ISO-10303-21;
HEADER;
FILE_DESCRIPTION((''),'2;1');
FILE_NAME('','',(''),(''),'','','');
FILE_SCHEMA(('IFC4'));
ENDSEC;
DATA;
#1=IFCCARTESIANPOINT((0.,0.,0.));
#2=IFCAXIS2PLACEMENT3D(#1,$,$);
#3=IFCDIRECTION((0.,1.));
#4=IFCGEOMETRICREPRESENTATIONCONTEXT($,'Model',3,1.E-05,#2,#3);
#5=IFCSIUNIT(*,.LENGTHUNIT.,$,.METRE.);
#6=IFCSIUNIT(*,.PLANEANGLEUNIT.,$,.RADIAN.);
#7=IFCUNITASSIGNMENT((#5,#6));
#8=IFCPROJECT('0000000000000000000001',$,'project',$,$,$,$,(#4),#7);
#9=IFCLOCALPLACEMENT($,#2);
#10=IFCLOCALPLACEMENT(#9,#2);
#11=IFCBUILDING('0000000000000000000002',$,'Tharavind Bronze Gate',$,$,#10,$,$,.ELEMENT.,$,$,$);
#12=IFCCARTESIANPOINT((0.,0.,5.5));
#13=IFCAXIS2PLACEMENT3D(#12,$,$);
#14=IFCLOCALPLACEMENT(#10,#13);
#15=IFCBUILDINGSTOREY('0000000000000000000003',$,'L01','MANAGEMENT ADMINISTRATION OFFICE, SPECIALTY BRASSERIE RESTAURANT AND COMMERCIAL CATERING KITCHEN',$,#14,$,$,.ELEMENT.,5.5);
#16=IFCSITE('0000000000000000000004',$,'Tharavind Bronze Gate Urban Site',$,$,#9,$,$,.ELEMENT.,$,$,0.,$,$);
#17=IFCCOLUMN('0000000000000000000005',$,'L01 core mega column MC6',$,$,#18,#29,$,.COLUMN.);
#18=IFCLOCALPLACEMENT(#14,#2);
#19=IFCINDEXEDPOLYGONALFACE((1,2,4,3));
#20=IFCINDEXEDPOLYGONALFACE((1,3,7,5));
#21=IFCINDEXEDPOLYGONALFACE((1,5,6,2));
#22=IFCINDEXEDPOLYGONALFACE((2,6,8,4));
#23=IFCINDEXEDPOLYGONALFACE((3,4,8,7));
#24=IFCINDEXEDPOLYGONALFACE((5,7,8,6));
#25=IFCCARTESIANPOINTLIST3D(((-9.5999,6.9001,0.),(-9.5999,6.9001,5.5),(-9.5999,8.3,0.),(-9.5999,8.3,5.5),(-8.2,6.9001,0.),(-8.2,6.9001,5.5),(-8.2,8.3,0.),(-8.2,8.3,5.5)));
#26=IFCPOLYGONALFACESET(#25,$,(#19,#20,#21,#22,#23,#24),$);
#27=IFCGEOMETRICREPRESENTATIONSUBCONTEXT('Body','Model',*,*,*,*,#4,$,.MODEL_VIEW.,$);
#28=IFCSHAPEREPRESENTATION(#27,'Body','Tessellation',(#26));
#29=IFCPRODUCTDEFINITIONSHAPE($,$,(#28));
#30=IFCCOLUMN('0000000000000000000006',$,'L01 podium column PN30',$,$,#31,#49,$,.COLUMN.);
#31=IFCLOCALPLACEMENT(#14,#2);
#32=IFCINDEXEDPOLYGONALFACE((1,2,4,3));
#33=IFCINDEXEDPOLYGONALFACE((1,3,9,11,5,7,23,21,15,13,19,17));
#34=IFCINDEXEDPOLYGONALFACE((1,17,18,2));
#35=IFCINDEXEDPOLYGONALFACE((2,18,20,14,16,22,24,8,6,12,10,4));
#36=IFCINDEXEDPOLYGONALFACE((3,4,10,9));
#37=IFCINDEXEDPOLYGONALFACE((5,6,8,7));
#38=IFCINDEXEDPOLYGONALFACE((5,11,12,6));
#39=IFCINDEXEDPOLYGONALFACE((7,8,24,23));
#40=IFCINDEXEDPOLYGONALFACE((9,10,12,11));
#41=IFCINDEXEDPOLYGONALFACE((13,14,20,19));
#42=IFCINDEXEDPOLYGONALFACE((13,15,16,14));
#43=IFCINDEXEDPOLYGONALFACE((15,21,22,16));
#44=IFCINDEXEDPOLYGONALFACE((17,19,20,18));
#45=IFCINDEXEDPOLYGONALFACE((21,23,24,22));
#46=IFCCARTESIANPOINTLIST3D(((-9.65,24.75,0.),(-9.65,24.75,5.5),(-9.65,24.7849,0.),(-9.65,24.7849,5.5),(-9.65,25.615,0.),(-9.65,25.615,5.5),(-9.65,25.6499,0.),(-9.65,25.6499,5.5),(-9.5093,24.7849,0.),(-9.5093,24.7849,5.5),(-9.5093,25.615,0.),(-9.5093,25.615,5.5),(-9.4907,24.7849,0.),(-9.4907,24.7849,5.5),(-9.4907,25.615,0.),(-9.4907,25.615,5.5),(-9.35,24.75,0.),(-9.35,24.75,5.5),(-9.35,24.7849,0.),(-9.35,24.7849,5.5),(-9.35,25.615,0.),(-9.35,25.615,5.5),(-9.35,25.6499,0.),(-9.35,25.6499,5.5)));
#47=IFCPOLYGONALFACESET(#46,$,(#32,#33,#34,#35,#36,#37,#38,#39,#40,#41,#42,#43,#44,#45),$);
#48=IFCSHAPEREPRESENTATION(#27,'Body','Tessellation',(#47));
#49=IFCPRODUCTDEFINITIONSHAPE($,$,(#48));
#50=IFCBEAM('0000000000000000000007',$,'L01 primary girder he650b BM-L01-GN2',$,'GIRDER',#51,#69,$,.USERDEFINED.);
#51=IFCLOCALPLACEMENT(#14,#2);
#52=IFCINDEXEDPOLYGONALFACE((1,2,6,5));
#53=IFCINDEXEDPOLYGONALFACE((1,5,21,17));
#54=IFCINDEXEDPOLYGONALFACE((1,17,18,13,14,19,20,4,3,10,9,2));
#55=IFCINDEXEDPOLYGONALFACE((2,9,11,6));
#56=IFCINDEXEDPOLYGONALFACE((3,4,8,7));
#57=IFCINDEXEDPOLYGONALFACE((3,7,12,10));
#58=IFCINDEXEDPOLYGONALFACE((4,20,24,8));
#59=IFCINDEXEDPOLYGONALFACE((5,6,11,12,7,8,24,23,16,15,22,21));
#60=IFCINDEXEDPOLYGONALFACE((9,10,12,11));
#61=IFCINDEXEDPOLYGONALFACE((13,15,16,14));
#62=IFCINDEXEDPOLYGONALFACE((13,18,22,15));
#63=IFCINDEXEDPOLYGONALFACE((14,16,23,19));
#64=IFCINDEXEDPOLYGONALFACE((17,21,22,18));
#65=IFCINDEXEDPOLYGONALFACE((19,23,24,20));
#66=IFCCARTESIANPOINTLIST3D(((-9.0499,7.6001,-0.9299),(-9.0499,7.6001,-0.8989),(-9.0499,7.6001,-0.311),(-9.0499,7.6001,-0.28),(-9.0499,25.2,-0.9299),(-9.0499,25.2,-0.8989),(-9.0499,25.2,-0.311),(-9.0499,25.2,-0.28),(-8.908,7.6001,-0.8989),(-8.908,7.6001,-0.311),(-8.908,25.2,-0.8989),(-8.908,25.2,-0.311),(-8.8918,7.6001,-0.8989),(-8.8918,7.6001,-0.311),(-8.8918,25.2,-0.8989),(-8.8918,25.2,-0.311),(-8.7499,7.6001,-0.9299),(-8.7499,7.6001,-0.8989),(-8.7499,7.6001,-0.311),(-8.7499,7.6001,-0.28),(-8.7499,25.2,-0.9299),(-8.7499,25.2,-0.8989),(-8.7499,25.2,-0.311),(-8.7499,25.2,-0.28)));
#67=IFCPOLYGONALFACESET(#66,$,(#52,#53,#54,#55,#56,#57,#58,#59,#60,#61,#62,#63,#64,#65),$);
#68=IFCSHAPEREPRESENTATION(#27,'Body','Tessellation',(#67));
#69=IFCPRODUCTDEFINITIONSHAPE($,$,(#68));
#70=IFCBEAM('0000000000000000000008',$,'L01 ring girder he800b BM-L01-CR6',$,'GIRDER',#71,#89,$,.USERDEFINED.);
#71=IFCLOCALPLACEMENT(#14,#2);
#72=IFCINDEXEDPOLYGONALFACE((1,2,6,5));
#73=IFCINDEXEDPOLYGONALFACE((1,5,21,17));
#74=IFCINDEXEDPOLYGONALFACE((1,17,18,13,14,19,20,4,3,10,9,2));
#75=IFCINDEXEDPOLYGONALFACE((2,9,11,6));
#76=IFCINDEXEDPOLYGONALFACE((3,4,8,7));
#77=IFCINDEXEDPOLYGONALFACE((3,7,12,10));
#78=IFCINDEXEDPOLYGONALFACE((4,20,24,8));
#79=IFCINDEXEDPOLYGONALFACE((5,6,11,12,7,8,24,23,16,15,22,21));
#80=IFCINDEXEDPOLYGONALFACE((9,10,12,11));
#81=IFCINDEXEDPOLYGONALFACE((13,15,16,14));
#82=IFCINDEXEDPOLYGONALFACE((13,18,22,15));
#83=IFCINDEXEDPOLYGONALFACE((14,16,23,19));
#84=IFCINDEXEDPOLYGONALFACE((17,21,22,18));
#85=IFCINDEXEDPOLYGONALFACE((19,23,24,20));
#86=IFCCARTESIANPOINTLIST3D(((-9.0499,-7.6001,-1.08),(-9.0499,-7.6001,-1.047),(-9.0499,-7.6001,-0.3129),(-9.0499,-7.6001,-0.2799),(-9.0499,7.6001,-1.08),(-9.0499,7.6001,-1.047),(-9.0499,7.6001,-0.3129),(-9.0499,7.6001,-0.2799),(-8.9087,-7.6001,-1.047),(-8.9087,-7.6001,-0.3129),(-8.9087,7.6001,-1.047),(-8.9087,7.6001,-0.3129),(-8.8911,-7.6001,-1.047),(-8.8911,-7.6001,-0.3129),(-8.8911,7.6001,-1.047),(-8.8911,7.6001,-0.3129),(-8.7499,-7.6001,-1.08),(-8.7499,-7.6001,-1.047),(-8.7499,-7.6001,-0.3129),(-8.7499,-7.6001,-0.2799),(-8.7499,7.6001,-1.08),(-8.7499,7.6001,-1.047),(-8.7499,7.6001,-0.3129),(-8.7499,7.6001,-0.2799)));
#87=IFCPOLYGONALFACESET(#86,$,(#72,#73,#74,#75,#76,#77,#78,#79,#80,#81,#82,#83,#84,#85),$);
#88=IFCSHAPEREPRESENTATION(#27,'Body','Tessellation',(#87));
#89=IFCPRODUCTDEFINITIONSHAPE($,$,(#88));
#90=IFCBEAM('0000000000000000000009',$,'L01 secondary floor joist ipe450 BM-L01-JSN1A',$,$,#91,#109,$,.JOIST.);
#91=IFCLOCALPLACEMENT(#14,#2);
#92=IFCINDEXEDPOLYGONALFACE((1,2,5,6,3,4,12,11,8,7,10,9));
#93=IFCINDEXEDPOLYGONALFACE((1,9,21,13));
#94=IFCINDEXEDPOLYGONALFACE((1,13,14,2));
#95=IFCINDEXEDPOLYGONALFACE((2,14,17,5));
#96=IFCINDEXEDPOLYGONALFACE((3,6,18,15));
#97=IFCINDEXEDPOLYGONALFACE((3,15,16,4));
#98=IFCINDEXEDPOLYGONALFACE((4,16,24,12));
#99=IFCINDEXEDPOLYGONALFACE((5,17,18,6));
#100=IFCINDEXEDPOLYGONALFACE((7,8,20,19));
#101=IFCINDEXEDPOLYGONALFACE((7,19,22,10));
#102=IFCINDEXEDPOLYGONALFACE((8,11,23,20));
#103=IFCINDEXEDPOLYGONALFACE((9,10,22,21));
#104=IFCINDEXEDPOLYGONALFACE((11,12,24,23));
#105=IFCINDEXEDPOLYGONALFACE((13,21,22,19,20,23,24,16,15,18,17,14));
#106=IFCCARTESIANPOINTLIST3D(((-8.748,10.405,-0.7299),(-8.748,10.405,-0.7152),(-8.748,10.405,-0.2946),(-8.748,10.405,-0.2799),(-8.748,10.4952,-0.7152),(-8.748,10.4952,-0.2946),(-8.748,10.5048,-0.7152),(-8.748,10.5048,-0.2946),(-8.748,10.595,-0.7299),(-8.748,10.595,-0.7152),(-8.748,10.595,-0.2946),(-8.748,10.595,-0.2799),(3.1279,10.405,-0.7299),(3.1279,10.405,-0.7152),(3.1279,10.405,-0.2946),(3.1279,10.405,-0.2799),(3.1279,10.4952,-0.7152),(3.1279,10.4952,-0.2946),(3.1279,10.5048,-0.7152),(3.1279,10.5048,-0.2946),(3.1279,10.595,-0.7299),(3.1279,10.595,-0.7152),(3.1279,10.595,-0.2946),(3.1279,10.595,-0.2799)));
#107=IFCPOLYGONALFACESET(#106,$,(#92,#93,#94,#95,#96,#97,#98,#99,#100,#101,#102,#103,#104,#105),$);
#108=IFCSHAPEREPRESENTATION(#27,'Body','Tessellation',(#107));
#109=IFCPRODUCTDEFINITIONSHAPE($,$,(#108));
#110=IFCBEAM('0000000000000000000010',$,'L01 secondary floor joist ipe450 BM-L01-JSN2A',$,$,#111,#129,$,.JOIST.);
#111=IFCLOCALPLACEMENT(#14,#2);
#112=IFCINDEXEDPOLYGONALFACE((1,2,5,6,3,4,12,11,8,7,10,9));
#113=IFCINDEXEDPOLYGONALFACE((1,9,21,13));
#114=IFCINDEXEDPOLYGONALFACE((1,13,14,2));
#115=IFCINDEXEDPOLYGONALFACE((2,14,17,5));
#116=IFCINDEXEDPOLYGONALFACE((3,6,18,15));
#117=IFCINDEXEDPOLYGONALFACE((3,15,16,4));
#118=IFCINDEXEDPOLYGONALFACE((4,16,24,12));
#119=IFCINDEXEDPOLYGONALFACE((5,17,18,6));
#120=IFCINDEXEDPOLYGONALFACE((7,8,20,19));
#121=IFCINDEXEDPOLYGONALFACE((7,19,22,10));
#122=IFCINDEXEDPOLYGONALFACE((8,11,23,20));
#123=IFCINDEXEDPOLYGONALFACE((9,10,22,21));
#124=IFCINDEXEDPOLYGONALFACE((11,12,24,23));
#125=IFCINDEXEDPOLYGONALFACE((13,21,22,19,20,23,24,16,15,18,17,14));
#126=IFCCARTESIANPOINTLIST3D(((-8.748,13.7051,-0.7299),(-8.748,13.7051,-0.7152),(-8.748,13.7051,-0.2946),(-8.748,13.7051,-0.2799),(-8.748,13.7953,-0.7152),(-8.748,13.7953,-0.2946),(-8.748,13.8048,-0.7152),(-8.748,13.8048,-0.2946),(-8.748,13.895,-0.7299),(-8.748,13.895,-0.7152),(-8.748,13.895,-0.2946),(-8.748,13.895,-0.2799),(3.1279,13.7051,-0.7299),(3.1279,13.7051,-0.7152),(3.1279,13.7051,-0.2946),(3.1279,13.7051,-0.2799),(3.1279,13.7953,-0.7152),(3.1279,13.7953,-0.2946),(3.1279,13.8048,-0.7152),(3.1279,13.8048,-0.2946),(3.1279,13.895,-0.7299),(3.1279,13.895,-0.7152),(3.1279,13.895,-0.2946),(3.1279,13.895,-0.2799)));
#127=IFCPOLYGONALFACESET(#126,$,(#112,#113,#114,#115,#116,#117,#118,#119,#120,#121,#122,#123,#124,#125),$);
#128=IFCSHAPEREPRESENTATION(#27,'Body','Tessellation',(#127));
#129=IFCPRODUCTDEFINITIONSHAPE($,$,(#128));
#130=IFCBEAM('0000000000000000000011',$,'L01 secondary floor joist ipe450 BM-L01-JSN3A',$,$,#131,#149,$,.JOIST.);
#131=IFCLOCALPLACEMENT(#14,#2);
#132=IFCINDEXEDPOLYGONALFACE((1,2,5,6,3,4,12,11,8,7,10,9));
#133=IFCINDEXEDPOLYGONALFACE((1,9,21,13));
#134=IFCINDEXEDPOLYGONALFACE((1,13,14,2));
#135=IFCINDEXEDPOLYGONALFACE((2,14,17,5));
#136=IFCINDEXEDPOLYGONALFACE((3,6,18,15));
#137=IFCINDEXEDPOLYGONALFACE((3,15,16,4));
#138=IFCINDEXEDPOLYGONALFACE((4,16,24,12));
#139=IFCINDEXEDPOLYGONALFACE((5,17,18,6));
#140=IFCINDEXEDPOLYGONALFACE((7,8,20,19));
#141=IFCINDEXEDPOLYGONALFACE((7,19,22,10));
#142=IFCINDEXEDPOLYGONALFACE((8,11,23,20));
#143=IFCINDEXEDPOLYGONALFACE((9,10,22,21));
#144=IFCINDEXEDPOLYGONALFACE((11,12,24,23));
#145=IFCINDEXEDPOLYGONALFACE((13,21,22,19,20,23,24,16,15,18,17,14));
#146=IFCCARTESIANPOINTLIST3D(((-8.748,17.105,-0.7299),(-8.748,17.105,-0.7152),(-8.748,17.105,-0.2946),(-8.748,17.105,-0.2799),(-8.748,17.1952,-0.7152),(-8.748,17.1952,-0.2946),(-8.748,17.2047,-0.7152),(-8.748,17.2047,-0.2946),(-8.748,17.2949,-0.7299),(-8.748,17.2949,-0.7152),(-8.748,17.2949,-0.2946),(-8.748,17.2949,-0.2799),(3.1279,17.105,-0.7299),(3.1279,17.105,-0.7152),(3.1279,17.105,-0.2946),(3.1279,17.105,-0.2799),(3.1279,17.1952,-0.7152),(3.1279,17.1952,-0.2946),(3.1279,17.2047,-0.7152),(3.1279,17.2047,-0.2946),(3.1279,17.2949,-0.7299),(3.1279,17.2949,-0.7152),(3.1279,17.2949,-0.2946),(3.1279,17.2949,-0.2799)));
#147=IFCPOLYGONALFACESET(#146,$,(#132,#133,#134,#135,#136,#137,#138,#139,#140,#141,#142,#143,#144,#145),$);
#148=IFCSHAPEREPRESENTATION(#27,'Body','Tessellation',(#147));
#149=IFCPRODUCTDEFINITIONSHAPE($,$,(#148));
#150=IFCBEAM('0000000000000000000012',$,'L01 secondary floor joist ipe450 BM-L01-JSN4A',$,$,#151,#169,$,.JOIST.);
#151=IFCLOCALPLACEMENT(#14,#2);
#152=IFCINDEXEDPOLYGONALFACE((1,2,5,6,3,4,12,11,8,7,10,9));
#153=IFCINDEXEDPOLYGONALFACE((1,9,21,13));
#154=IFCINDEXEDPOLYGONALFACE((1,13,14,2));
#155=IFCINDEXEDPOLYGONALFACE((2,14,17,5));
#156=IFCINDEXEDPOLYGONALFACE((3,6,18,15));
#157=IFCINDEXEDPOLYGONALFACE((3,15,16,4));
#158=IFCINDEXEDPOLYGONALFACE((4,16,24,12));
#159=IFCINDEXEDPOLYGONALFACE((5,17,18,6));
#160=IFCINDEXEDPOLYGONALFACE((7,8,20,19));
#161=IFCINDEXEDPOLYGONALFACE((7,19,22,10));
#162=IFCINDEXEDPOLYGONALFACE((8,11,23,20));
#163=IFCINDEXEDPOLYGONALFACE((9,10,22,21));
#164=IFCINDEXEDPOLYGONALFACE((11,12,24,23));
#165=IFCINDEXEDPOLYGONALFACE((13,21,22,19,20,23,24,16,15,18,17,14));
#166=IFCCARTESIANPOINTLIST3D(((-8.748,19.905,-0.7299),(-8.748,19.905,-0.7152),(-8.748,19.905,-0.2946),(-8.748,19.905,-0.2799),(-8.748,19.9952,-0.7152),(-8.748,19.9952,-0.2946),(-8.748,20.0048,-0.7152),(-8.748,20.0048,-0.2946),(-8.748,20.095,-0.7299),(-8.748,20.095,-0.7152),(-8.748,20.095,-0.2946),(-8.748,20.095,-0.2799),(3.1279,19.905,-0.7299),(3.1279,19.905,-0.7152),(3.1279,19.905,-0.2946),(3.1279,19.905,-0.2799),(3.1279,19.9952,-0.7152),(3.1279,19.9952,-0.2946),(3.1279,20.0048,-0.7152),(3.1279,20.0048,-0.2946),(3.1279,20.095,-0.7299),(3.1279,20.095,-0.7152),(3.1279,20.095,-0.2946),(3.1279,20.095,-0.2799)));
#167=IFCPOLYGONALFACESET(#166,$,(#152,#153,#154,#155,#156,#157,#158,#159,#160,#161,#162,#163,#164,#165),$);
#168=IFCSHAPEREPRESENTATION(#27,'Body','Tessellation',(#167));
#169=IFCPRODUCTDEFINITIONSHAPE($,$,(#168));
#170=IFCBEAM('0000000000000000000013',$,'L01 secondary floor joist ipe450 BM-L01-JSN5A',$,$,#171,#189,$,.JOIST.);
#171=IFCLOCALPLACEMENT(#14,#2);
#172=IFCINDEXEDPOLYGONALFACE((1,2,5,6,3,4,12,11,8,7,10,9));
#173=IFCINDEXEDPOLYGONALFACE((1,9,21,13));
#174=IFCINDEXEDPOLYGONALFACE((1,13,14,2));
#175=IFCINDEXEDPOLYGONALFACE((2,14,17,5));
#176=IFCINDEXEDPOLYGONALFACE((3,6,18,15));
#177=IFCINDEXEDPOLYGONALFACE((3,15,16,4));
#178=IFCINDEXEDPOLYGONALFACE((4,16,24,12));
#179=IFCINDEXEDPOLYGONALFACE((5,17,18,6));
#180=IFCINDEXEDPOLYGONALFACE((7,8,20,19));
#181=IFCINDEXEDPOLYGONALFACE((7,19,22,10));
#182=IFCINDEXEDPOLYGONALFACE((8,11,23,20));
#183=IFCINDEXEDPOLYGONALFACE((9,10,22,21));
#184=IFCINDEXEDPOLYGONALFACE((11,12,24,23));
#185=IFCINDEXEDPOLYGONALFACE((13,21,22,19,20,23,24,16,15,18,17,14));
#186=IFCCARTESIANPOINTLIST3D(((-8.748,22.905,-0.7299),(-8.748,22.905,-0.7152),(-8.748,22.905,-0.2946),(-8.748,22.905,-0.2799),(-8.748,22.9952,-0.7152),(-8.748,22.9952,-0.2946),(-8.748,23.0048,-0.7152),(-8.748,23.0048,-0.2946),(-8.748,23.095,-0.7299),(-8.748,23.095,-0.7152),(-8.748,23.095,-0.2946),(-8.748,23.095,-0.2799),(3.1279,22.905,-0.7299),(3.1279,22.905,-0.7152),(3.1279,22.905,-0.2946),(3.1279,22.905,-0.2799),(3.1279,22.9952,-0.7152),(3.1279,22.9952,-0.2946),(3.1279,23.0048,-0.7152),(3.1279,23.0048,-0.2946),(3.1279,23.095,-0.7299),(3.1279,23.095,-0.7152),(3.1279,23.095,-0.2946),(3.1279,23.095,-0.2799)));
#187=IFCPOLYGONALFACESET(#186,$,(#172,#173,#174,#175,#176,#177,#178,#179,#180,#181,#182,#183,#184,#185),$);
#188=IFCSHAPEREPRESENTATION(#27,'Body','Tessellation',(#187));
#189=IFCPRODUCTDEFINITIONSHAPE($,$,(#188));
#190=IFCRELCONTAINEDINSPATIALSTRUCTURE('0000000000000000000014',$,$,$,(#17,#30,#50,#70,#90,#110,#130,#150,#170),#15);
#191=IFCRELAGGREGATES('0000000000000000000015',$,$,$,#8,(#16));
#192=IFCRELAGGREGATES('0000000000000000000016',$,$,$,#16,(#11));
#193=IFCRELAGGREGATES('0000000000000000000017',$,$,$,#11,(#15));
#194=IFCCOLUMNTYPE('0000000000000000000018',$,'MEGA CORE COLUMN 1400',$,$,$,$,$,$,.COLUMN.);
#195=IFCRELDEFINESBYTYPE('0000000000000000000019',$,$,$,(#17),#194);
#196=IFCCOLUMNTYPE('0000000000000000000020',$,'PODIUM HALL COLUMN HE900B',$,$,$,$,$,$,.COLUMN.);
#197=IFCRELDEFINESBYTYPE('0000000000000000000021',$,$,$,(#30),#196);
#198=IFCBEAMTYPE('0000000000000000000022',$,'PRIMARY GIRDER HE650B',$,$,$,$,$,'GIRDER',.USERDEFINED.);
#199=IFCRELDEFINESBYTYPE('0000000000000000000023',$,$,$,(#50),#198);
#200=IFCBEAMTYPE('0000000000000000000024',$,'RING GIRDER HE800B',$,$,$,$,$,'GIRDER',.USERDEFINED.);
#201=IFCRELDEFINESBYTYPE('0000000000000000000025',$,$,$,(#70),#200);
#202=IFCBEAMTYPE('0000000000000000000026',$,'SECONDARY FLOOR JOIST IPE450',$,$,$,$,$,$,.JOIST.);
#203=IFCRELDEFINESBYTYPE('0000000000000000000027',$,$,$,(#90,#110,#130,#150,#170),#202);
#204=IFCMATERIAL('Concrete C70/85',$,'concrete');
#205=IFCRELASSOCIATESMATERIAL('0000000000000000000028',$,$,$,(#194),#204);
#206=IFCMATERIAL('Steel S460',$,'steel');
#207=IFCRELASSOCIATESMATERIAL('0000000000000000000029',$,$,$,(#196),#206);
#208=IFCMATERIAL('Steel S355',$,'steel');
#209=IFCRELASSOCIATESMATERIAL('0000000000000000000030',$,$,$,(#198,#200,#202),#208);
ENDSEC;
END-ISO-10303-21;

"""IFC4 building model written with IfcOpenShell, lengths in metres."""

from ifc_helpers import new_model, si_unit, direction, frame, origin, origin_2d, place, context, subcontext, project, spatial, rectangle, i_section, extrude, material, material_profile, profile_set, type_object, element, save


model = new_model("IFC4")

# Units and contexts
model_context = context("Model", 3, precision=1e-05, world=origin(), true_north=direction((0.0, 1.0)))
body_context = subcontext(model_context, "Body", "Model", "MODEL_VIEW")
ifc_project = project(units=[si_unit("LENGTHUNIT", "METRE"), si_unit("PLANEANGLEUNIT", "RADIAN")], contexts=[model_context])

# Site, building, storey
site_placement = place(None, origin())
site = spatial("IfcSite", under=ifc_project, at=site_placement, Name="Tharavind Bronze Gate Urban Site", CompositionType="ELEMENT", RefElevation=0.0)
building_placement = place(site_placement, origin())
building = spatial("IfcBuilding", under=site, at=building_placement, Name="Tharavind Bronze Gate", CompositionType="ELEMENT")
storey_placement = place(building_placement, frame((0.0, 0.0, 5.5)))
storey = spatial("IfcBuildingStorey", under=building, at=storey_placement, Name="L01", Description="MANAGEMENT ADMINISTRATION OFFICE, SPECIALTY BRASSERIE RESTAURANT AND COMMERCIAL CATERING KITCHEN", CompositionType="ELEMENT", Elevation=5.5)

# Columns
ifc_material_1 = material(Name="Concrete C70/85", Category="concrete")
ifc_material_profile_1 = material_profile(ifc_material_1, rectangle(XDim=1.3999, YDim=1.3999, at=origin_2d()), Name="RCCOL1400")
ifc_profile_set_1 = profile_set([ifc_material_profile_1], Name="Concrete C70/85")
column_type_1 = type_object("IfcColumnType", Name="MEGA CORE COLUMN 1400", PredefinedType="COLUMN", material=ifc_profile_set_1)
column_1_placement = place(storey_placement, frame((-8.8999, 7.6001, 0.0), z_axis=(0.0, 0.0, 1.0), x_axis=(1.0, 0.0, 0.0)))
element("IfcColumn", 1, at=column_1_placement, inside=storey, type_object=column_type_1, Name="L01 core mega column MC6", PredefinedType="COLUMN", context=body_context, shape_type="SweptSolid", body=[
    extrude(rectangle(XDim=1.3999, YDim=1.3999, at=origin_2d()), origin(), (0.0, 0.0, 1.0), 5.5),
])
ifc_material_2 = material(Name="Steel S460", Category="steel")
ifc_material_profile_2 = material_profile(ifc_material_2, i_section(OverallWidth=0.3, OverallDepth=0.8999, WebThickness=0.0186, FlangeThickness=0.0349, at=origin_2d()), Name="HE900B")
ifc_profile_set_2 = profile_set([ifc_material_profile_2], Name="Steel S460")
column_type_2 = type_object("IfcColumnType", Name="PODIUM HALL COLUMN HE900B", PredefinedType="COLUMN", material=ifc_profile_set_2)
column_2_placement = place(storey_placement, frame((-9.5, 25.2, 0.0), z_axis=(0.0, 0.0, 1.0), x_axis=(1.0, 0.0, 0.0)))
element("IfcColumn", 2, at=column_2_placement, inside=storey, type_object=column_type_2, Name="L01 podium column PN30", PredefinedType="COLUMN", context=body_context, shape_type="SweptSolid", body=[
    extrude(i_section(OverallWidth=0.3, OverallDepth=0.8999, WebThickness=0.0186, FlangeThickness=0.0349, at=origin_2d()), origin(), (0.0, 0.0, 1.0), 5.5),
])

# Beams
ifc_material_3 = material(Name="Steel S355", Category="steel")
ifc_material_profile_3 = material_profile(ifc_material_3, i_section(OverallWidth=0.3, OverallDepth=0.6499, WebThickness=0.0161, FlangeThickness=0.031, at=origin_2d()), Name="HE650B")
ifc_profile_set_3 = profile_set([ifc_material_profile_3], Name="Steel S355")
beam_type_1 = type_object("IfcBeamType", Name="PRIMARY GIRDER HE650B", ElementType="GIRDER", PredefinedType="USERDEFINED", material=ifc_profile_set_3)
beam_1_placement = place(storey_placement, frame((-8.8999, 25.2, -0.605), z_axis=(0.0, -1.0, 0.0), x_axis=(1.0, 0.0, 0.0)))
element("IfcBeam", 3, at=beam_1_placement, inside=storey, type_object=beam_type_1, Name="L01 primary girder he650b BM-L01-GN2", ObjectType="GIRDER", PredefinedType="USERDEFINED", context=body_context, shape_type="SweptSolid", body=[
    extrude(i_section(OverallWidth=0.3, OverallDepth=0.6499, WebThickness=0.0161, FlangeThickness=0.031, at=origin_2d()), origin(), (0.0, 0.0, 1.0), 17.5999),
])
ifc_material_profile_4 = material_profile(ifc_material_3, i_section(OverallWidth=0.3, OverallDepth=0.8, WebThickness=0.0176, FlangeThickness=0.033, at=origin_2d()), Name="HE800B")
ifc_profile_set_4 = profile_set([ifc_material_profile_4], Name="Steel S355")
beam_type_2 = type_object("IfcBeamType", Name="RING GIRDER HE800B", ElementType="GIRDER", PredefinedType="USERDEFINED", material=ifc_profile_set_4)
beam_2_placement = place(storey_placement, frame((-8.8999, 7.6001, -0.6799), z_axis=(0.0, -1.0, 0.0), x_axis=(1.0, 0.0, 0.0)))
element("IfcBeam", 4, at=beam_2_placement, inside=storey, type_object=beam_type_2, Name="L01 ring girder he800b BM-L01-CR6", ObjectType="GIRDER", PredefinedType="USERDEFINED", context=body_context, shape_type="SweptSolid", body=[
    extrude(i_section(OverallWidth=0.3, OverallDepth=0.8, WebThickness=0.0176, FlangeThickness=0.033, at=origin_2d()), origin(), (0.0, 0.0, 1.0), 15.2002),
])
ifc_material_profile_5 = material_profile(ifc_material_3, i_section(OverallWidth=0.1899, OverallDepth=0.45, WebThickness=0.0095, FlangeThickness=0.0146, at=origin_2d()), Name="IPE450")
ifc_profile_set_5 = profile_set([ifc_material_profile_5], Name="Steel S355")
beam_type_3 = type_object("IfcBeamType", Name="SECONDARY FLOOR JOIST IPE450", PredefinedType="JOIST", material=ifc_profile_set_5)
for number, where, z_axis, x_axis, name in (
    (5, (-8.748, 10.5, -0.5049), (1.0, 0.0, 0.0), (0.0, 1.0, 0.0), "L01 secondary floor joist ipe450 BM-L01-JSN1A"),
    (6, (-8.748, 13.8, -0.5049), (1.0, 0.0, 0.0), (0.0, 1.0, 0.0), "L01 secondary floor joist ipe450 BM-L01-JSN2A"),
    (7, (-8.748, 17.2, -0.5049), (1.0, 0.0, 0.0), (0.0, 1.0, 0.0), "L01 secondary floor joist ipe450 BM-L01-JSN3A"),
    (8, (-8.748, 20.0, -0.5049), (1.0, 0.0, 0.0), (0.0, 1.0, 0.0), "L01 secondary floor joist ipe450 BM-L01-JSN4A"),
    (9, (-8.748, 23.0, -0.5049), (1.0, 0.0, 0.0), (0.0, 1.0, 0.0), "L01 secondary floor joist ipe450 BM-L01-JSN5A"),
):
    element("IfcBeam", number, at=place(storey_placement, frame(where, z_axis=z_axis, x_axis=x_axis)), inside=storey, type_object=beam_type_3, Name=name, PredefinedType="JOIST", context=body_context, shape_type="SweptSolid", body=[
        extrude(i_section(OverallWidth=0.1899, OverallDepth=0.45, WebThickness=0.0095, FlangeThickness=0.0146, at=origin_2d()), origin(), (0.0, 0.0, 1.0), 11.876),
    ])

save(model, "model.ifc")
